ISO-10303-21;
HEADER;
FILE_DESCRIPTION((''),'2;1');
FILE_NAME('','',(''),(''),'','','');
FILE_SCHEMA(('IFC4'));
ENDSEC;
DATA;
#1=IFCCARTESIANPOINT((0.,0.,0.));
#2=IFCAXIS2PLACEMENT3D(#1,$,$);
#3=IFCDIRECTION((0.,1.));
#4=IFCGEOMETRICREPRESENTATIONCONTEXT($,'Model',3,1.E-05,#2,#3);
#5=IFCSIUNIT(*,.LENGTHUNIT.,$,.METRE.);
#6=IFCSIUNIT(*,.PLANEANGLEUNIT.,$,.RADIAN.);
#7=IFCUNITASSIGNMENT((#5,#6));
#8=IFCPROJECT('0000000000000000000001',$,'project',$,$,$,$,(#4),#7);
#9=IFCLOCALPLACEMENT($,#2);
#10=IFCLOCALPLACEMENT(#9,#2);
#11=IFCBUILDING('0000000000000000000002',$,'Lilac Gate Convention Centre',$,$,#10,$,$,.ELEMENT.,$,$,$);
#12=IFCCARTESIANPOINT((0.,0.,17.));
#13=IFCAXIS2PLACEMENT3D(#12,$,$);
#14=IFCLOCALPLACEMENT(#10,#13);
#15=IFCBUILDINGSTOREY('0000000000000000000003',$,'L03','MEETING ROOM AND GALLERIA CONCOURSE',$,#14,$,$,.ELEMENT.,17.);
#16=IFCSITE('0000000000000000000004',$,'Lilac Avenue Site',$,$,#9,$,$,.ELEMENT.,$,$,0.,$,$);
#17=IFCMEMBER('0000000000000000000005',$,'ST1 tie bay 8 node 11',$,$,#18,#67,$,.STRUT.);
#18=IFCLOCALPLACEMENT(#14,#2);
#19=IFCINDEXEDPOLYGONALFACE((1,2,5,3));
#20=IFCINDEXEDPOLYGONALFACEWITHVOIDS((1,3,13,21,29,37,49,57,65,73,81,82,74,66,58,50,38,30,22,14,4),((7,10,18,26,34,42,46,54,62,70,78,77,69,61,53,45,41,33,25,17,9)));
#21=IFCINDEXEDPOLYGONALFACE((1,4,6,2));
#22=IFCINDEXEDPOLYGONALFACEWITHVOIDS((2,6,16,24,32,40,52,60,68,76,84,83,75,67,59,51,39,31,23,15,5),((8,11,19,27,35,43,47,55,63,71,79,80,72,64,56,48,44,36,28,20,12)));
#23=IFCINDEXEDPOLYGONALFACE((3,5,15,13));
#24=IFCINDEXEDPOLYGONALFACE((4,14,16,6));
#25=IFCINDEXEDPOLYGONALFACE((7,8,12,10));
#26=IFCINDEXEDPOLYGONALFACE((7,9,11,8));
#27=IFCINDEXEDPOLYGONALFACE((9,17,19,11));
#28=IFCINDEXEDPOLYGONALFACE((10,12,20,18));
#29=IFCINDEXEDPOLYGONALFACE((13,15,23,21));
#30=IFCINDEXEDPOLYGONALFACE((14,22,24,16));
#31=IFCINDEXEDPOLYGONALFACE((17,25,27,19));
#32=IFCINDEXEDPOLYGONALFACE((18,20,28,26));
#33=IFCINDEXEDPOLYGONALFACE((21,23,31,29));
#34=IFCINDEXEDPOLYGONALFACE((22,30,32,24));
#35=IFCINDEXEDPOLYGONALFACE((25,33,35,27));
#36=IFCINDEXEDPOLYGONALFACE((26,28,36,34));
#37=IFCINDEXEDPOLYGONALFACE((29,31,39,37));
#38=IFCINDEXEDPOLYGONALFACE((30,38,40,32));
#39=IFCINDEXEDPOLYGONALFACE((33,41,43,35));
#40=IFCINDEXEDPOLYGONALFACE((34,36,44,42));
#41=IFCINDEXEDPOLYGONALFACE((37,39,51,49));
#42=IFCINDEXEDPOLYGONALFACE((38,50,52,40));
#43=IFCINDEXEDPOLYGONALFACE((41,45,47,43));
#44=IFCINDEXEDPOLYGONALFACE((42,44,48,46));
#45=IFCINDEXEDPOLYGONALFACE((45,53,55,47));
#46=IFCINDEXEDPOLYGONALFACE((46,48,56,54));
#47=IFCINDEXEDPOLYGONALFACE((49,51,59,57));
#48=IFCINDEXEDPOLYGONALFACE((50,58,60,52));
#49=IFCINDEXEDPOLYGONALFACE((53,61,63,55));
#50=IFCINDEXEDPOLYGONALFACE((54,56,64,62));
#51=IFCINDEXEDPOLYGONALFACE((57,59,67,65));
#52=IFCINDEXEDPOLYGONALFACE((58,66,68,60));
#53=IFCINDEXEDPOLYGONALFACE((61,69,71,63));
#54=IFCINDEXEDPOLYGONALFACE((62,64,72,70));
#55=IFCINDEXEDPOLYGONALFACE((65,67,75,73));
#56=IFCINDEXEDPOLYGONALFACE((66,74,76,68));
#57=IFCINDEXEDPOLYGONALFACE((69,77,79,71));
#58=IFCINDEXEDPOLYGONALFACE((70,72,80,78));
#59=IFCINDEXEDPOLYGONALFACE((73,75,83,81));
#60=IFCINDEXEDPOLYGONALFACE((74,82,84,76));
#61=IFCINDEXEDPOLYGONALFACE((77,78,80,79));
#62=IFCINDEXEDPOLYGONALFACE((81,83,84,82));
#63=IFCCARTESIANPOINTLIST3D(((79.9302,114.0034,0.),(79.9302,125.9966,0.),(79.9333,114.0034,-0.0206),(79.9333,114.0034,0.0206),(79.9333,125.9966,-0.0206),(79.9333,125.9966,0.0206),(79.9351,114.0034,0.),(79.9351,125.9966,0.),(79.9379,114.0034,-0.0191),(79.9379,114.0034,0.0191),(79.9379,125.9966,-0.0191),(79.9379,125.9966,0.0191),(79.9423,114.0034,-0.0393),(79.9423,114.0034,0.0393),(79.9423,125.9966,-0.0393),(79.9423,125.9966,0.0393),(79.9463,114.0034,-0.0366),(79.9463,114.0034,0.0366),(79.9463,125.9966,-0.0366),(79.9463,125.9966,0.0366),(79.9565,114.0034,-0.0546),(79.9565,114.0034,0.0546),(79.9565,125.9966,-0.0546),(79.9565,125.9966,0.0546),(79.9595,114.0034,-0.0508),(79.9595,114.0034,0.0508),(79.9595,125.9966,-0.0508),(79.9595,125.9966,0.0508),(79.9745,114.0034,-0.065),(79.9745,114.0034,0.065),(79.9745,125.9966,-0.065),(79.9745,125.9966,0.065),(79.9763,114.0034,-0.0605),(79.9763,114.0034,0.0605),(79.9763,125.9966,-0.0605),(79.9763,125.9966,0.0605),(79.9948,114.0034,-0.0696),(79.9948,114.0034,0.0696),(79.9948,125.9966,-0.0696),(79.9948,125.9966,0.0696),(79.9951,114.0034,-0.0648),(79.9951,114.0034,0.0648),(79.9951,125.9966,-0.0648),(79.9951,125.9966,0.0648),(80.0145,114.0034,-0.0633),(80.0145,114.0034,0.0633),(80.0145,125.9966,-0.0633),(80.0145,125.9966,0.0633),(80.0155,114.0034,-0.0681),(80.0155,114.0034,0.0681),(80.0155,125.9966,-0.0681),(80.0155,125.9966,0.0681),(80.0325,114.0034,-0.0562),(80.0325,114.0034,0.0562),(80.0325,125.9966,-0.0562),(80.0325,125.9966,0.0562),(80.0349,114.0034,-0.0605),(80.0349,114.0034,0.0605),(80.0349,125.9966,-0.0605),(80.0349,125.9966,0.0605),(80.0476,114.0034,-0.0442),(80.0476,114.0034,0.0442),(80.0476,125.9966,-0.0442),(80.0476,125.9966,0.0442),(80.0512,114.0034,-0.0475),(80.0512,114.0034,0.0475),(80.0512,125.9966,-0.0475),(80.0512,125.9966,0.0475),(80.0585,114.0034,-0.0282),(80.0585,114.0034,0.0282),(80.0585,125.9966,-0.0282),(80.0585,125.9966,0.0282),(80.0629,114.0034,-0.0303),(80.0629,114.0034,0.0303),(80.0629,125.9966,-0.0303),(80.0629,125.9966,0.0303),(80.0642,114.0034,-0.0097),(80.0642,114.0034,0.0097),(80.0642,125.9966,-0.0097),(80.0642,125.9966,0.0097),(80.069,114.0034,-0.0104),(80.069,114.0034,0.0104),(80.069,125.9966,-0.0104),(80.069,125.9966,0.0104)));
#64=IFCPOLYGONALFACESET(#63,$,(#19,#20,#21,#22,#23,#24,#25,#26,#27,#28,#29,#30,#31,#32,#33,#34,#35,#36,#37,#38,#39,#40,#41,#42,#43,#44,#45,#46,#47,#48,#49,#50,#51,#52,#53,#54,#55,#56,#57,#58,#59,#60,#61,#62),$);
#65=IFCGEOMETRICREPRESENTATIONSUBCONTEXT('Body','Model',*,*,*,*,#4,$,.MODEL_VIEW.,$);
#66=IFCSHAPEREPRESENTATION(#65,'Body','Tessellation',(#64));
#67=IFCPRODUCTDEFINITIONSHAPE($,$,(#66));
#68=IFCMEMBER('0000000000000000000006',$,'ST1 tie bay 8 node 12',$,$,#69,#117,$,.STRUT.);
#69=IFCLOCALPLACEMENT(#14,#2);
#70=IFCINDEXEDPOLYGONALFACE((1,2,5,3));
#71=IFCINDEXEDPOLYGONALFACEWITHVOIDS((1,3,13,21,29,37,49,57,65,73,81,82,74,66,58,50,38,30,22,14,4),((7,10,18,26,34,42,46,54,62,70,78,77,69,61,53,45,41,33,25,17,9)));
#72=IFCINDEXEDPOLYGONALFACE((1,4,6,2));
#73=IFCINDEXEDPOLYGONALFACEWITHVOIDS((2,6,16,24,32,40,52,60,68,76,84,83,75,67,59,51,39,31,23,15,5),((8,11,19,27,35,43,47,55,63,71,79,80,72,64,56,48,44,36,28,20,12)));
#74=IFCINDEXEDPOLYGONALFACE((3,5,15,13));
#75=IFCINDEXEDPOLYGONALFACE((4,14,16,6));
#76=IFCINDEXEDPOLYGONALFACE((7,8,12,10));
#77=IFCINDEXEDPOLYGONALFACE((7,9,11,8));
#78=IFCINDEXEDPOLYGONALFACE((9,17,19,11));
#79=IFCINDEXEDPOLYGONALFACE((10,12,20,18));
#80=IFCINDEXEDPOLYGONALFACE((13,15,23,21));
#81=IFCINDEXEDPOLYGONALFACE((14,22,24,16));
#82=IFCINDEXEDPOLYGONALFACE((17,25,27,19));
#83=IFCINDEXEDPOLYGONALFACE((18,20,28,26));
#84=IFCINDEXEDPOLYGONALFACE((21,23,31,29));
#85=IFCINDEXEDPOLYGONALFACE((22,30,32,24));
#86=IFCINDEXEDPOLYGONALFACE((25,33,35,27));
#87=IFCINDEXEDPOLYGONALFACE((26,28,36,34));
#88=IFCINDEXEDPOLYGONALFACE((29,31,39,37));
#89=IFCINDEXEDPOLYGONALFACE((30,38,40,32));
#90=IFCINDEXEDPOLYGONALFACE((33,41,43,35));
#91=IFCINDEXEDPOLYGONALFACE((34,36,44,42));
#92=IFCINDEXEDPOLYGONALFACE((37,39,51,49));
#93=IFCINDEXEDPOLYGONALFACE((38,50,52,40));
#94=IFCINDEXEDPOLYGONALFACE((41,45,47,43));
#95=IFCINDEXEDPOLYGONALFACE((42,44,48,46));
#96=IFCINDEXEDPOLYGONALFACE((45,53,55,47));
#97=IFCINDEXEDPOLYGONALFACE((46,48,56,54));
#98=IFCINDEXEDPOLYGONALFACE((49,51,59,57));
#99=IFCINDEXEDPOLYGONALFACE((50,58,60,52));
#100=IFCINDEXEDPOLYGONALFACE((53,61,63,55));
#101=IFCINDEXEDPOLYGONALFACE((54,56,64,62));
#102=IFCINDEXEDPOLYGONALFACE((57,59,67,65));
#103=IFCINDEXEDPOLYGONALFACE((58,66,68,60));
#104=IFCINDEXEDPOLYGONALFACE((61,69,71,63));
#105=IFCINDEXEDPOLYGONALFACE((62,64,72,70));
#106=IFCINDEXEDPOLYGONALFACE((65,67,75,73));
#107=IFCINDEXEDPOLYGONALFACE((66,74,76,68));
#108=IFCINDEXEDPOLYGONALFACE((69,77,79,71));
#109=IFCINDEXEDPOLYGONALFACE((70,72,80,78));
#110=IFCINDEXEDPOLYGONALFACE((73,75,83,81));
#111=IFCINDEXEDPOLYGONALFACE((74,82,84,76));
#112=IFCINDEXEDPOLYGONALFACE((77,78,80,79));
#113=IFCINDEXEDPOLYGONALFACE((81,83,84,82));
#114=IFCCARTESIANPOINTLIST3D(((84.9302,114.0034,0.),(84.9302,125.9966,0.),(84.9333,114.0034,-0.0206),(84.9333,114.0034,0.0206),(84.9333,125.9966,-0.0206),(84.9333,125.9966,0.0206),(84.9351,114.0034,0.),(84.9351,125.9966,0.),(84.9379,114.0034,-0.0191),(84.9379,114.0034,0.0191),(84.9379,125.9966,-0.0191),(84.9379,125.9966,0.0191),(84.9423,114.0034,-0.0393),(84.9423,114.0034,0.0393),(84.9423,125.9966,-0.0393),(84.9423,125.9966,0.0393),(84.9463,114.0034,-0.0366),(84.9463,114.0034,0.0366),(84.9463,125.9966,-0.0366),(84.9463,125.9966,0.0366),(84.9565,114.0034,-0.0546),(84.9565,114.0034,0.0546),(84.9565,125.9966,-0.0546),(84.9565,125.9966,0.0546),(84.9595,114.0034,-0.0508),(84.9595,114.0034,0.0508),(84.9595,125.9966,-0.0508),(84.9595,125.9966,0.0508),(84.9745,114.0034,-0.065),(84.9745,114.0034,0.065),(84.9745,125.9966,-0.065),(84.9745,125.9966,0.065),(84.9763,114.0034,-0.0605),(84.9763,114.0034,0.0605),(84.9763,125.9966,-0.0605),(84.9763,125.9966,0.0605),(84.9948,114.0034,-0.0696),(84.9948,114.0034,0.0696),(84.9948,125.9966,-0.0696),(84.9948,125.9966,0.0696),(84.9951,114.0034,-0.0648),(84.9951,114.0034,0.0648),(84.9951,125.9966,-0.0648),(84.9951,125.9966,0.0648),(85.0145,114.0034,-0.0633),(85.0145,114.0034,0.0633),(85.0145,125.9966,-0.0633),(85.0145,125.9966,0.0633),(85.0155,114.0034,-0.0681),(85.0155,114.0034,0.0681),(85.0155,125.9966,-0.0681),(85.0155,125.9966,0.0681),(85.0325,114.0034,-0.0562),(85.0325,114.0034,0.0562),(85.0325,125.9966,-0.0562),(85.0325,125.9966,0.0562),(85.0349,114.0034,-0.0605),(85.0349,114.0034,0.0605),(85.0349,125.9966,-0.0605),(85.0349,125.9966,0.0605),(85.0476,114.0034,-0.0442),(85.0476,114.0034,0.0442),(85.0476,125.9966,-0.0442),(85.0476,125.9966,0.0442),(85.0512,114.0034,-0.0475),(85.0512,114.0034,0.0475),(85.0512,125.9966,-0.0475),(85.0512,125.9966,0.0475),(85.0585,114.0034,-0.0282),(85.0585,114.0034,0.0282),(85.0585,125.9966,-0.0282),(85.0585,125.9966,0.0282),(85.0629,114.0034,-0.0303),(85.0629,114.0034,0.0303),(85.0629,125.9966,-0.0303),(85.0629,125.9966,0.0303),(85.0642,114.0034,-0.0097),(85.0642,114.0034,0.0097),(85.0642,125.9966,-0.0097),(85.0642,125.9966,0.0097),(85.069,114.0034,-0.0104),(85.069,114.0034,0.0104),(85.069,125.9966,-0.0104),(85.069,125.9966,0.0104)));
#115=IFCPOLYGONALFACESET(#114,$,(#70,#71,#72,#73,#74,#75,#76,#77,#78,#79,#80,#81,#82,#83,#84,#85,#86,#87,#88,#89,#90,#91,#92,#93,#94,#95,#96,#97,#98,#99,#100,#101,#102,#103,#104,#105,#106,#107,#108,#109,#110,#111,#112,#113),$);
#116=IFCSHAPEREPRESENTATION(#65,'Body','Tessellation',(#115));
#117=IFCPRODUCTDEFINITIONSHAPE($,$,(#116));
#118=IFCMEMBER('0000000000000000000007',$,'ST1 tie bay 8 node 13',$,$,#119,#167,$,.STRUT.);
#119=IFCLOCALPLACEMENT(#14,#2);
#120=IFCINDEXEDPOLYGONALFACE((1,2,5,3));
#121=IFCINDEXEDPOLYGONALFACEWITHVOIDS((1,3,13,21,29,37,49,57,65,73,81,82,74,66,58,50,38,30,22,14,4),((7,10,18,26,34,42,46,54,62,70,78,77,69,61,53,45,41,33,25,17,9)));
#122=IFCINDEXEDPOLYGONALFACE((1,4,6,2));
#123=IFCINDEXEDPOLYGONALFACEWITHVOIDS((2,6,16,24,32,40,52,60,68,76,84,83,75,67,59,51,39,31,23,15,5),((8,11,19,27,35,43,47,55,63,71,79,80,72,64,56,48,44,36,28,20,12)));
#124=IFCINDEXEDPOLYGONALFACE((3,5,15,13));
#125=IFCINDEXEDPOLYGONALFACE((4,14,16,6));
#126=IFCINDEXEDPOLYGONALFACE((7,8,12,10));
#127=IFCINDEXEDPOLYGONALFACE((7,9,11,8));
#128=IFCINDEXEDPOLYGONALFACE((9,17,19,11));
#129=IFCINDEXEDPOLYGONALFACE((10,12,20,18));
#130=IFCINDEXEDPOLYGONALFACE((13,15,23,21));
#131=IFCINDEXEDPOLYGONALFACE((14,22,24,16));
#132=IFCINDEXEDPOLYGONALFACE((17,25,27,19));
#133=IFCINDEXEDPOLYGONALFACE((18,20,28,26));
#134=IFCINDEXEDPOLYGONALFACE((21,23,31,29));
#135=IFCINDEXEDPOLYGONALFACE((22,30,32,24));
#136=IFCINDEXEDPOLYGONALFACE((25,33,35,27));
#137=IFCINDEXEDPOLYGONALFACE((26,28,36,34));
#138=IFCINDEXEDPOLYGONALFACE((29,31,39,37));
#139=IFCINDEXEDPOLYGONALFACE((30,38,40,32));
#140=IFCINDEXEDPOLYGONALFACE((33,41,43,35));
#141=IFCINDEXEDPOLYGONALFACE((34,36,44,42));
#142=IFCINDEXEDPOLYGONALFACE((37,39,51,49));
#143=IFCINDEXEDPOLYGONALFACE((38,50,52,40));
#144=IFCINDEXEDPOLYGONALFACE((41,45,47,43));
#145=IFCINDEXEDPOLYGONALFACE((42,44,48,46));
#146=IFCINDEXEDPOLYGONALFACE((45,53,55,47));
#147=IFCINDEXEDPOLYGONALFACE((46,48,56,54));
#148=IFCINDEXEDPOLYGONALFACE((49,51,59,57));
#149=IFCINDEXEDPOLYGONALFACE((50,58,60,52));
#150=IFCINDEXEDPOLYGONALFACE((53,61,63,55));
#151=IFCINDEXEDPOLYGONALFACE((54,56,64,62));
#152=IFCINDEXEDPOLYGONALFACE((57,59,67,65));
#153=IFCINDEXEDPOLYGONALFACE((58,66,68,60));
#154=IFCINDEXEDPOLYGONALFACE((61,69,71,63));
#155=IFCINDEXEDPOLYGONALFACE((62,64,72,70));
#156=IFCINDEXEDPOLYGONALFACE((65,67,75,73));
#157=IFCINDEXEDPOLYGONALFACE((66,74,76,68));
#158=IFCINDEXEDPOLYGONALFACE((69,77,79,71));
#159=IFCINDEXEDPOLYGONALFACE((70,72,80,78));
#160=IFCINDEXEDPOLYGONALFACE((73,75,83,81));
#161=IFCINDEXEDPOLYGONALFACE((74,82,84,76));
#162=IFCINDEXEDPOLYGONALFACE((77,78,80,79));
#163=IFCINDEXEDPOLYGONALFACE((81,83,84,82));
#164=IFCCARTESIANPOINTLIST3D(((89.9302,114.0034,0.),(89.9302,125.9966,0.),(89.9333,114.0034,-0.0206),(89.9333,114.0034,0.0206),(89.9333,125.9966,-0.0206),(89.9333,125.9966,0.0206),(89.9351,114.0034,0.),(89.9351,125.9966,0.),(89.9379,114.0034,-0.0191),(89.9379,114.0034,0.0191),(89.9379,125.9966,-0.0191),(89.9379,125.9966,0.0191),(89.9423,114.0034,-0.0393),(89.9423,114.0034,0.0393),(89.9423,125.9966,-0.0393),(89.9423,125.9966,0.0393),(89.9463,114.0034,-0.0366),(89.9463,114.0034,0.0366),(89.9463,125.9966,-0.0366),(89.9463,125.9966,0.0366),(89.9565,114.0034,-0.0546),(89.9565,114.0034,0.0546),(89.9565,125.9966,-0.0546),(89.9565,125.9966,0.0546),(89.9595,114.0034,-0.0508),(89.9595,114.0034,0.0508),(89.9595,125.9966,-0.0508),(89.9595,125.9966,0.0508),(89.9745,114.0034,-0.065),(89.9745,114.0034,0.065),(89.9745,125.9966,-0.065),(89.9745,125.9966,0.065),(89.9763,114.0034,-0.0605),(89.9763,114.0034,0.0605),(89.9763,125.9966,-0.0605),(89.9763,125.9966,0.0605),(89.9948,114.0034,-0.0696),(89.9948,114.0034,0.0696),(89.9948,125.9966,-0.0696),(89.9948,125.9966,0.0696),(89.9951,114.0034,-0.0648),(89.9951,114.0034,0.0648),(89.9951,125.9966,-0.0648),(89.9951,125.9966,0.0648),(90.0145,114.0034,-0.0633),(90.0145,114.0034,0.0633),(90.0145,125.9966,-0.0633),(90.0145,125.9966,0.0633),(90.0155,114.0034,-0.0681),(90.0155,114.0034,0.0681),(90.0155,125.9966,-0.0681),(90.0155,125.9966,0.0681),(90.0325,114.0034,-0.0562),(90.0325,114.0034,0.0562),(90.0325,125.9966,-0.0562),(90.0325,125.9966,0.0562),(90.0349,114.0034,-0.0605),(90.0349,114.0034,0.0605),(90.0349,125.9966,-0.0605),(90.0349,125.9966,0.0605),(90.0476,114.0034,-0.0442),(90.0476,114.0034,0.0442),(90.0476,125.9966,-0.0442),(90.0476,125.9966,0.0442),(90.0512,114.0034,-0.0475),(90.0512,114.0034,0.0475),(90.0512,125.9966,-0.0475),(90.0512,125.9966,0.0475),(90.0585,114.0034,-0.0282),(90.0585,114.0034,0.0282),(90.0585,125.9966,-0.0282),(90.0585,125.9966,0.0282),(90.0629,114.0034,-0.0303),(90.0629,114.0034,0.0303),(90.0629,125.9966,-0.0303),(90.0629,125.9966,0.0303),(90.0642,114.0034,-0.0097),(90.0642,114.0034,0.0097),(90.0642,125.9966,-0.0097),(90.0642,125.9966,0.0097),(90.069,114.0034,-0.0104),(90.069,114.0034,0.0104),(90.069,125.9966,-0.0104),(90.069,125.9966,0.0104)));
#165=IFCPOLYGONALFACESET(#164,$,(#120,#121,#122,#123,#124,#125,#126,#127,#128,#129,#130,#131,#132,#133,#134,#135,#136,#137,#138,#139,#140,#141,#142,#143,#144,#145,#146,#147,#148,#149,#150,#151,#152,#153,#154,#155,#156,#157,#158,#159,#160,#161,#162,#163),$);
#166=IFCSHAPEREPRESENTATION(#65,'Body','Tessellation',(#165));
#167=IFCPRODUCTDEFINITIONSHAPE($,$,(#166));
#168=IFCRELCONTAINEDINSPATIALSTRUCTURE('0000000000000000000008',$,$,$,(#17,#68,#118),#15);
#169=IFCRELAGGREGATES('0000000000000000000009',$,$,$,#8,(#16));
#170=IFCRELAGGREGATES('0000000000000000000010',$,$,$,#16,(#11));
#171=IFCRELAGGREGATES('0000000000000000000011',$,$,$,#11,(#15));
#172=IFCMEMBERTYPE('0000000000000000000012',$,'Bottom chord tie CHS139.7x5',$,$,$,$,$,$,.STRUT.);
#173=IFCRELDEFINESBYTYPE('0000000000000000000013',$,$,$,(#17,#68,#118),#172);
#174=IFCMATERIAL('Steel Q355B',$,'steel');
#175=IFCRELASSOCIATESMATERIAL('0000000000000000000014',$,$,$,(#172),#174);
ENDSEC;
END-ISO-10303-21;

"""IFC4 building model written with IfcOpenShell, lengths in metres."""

from ifc_helpers import new_model, si_unit, direction, frame, origin, origin_2d, place, context, subcontext, project, spatial, hollow_circle, extrude, material, material_profile, profile_set, type_object, element, save


model = new_model("IFC4")

# Units and contexts
model_context = context("Model", 3, precision=1e-05, world=origin(), true_north=direction((0.0, 1.0)))
body_context = subcontext(model_context, "Body", "Model", "MODEL_VIEW")
ifc_project = project(units=[si_unit("LENGTHUNIT", "METRE"), si_unit("PLANEANGLEUNIT", "RADIAN")], contexts=[model_context])

# Site, building, storey
site_placement = place(None, origin())
site = spatial("IfcSite", under=ifc_project, at=site_placement, Name="Lilac Avenue Site", CompositionType="ELEMENT", RefElevation=0.0)
building_placement = place(site_placement, origin())
building = spatial("IfcBuilding", under=site, at=building_placement, Name="Lilac Gate Convention Centre", CompositionType="ELEMENT")
storey_placement = place(building_placement, frame((0.0, 0.0, 17.0)))
storey = spatial("IfcBuildingStorey", under=building, at=storey_placement, Name="L03", Description="MEETING ROOM AND GALLERIA CONCOURSE", CompositionType="ELEMENT", Elevation=17.0)

# Members
ifc_material_1 = material(Name="Steel Q355B", Category="steel")
ifc_material_profile_1 = material_profile(ifc_material_1, hollow_circle(Radius=0.0698, WallThickness=0.0049, at=origin_2d()), Name="CHS139.7x5")
ifc_profile_set_1 = profile_set([ifc_material_profile_1], Name="Steel Q355B")
member_type_1 = type_object("IfcMemberType", Name="Bottom chord tie CHS139.7x5", PredefinedType="STRUT", material=ifc_profile_set_1)
for number, where, z_axis, x_axis, name in (
    (1, (80.0, 114.0034, 0.0), (0.0, 1.0, 0.0), (-1.0, 0.0, 0.0), "ST1 tie bay 8 node 11"),
    (2, (85.0, 114.0034, 0.0), (0.0, 1.0, 0.0), (-1.0, 0.0, 0.0), "ST1 tie bay 8 node 12"),
    (3, (90.0, 114.0034, 0.0), (0.0, 1.0, 0.0), (-1.0, 0.0, 0.0), "ST1 tie bay 8 node 13"),
):
    element("IfcMember", number, at=place(storey_placement, frame(where, z_axis=z_axis, x_axis=x_axis)), inside=storey, type_object=member_type_1, Name=name, PredefinedType="STRUT", context=body_context, shape_type="SweptSolid", body=[
        extrude(hollow_circle(Radius=0.0698, WallThickness=0.0049, at=origin_2d()), origin(), (0.0, 0.0, 1.0), 11.9932),
    ])

save(model, "model.ifc")
